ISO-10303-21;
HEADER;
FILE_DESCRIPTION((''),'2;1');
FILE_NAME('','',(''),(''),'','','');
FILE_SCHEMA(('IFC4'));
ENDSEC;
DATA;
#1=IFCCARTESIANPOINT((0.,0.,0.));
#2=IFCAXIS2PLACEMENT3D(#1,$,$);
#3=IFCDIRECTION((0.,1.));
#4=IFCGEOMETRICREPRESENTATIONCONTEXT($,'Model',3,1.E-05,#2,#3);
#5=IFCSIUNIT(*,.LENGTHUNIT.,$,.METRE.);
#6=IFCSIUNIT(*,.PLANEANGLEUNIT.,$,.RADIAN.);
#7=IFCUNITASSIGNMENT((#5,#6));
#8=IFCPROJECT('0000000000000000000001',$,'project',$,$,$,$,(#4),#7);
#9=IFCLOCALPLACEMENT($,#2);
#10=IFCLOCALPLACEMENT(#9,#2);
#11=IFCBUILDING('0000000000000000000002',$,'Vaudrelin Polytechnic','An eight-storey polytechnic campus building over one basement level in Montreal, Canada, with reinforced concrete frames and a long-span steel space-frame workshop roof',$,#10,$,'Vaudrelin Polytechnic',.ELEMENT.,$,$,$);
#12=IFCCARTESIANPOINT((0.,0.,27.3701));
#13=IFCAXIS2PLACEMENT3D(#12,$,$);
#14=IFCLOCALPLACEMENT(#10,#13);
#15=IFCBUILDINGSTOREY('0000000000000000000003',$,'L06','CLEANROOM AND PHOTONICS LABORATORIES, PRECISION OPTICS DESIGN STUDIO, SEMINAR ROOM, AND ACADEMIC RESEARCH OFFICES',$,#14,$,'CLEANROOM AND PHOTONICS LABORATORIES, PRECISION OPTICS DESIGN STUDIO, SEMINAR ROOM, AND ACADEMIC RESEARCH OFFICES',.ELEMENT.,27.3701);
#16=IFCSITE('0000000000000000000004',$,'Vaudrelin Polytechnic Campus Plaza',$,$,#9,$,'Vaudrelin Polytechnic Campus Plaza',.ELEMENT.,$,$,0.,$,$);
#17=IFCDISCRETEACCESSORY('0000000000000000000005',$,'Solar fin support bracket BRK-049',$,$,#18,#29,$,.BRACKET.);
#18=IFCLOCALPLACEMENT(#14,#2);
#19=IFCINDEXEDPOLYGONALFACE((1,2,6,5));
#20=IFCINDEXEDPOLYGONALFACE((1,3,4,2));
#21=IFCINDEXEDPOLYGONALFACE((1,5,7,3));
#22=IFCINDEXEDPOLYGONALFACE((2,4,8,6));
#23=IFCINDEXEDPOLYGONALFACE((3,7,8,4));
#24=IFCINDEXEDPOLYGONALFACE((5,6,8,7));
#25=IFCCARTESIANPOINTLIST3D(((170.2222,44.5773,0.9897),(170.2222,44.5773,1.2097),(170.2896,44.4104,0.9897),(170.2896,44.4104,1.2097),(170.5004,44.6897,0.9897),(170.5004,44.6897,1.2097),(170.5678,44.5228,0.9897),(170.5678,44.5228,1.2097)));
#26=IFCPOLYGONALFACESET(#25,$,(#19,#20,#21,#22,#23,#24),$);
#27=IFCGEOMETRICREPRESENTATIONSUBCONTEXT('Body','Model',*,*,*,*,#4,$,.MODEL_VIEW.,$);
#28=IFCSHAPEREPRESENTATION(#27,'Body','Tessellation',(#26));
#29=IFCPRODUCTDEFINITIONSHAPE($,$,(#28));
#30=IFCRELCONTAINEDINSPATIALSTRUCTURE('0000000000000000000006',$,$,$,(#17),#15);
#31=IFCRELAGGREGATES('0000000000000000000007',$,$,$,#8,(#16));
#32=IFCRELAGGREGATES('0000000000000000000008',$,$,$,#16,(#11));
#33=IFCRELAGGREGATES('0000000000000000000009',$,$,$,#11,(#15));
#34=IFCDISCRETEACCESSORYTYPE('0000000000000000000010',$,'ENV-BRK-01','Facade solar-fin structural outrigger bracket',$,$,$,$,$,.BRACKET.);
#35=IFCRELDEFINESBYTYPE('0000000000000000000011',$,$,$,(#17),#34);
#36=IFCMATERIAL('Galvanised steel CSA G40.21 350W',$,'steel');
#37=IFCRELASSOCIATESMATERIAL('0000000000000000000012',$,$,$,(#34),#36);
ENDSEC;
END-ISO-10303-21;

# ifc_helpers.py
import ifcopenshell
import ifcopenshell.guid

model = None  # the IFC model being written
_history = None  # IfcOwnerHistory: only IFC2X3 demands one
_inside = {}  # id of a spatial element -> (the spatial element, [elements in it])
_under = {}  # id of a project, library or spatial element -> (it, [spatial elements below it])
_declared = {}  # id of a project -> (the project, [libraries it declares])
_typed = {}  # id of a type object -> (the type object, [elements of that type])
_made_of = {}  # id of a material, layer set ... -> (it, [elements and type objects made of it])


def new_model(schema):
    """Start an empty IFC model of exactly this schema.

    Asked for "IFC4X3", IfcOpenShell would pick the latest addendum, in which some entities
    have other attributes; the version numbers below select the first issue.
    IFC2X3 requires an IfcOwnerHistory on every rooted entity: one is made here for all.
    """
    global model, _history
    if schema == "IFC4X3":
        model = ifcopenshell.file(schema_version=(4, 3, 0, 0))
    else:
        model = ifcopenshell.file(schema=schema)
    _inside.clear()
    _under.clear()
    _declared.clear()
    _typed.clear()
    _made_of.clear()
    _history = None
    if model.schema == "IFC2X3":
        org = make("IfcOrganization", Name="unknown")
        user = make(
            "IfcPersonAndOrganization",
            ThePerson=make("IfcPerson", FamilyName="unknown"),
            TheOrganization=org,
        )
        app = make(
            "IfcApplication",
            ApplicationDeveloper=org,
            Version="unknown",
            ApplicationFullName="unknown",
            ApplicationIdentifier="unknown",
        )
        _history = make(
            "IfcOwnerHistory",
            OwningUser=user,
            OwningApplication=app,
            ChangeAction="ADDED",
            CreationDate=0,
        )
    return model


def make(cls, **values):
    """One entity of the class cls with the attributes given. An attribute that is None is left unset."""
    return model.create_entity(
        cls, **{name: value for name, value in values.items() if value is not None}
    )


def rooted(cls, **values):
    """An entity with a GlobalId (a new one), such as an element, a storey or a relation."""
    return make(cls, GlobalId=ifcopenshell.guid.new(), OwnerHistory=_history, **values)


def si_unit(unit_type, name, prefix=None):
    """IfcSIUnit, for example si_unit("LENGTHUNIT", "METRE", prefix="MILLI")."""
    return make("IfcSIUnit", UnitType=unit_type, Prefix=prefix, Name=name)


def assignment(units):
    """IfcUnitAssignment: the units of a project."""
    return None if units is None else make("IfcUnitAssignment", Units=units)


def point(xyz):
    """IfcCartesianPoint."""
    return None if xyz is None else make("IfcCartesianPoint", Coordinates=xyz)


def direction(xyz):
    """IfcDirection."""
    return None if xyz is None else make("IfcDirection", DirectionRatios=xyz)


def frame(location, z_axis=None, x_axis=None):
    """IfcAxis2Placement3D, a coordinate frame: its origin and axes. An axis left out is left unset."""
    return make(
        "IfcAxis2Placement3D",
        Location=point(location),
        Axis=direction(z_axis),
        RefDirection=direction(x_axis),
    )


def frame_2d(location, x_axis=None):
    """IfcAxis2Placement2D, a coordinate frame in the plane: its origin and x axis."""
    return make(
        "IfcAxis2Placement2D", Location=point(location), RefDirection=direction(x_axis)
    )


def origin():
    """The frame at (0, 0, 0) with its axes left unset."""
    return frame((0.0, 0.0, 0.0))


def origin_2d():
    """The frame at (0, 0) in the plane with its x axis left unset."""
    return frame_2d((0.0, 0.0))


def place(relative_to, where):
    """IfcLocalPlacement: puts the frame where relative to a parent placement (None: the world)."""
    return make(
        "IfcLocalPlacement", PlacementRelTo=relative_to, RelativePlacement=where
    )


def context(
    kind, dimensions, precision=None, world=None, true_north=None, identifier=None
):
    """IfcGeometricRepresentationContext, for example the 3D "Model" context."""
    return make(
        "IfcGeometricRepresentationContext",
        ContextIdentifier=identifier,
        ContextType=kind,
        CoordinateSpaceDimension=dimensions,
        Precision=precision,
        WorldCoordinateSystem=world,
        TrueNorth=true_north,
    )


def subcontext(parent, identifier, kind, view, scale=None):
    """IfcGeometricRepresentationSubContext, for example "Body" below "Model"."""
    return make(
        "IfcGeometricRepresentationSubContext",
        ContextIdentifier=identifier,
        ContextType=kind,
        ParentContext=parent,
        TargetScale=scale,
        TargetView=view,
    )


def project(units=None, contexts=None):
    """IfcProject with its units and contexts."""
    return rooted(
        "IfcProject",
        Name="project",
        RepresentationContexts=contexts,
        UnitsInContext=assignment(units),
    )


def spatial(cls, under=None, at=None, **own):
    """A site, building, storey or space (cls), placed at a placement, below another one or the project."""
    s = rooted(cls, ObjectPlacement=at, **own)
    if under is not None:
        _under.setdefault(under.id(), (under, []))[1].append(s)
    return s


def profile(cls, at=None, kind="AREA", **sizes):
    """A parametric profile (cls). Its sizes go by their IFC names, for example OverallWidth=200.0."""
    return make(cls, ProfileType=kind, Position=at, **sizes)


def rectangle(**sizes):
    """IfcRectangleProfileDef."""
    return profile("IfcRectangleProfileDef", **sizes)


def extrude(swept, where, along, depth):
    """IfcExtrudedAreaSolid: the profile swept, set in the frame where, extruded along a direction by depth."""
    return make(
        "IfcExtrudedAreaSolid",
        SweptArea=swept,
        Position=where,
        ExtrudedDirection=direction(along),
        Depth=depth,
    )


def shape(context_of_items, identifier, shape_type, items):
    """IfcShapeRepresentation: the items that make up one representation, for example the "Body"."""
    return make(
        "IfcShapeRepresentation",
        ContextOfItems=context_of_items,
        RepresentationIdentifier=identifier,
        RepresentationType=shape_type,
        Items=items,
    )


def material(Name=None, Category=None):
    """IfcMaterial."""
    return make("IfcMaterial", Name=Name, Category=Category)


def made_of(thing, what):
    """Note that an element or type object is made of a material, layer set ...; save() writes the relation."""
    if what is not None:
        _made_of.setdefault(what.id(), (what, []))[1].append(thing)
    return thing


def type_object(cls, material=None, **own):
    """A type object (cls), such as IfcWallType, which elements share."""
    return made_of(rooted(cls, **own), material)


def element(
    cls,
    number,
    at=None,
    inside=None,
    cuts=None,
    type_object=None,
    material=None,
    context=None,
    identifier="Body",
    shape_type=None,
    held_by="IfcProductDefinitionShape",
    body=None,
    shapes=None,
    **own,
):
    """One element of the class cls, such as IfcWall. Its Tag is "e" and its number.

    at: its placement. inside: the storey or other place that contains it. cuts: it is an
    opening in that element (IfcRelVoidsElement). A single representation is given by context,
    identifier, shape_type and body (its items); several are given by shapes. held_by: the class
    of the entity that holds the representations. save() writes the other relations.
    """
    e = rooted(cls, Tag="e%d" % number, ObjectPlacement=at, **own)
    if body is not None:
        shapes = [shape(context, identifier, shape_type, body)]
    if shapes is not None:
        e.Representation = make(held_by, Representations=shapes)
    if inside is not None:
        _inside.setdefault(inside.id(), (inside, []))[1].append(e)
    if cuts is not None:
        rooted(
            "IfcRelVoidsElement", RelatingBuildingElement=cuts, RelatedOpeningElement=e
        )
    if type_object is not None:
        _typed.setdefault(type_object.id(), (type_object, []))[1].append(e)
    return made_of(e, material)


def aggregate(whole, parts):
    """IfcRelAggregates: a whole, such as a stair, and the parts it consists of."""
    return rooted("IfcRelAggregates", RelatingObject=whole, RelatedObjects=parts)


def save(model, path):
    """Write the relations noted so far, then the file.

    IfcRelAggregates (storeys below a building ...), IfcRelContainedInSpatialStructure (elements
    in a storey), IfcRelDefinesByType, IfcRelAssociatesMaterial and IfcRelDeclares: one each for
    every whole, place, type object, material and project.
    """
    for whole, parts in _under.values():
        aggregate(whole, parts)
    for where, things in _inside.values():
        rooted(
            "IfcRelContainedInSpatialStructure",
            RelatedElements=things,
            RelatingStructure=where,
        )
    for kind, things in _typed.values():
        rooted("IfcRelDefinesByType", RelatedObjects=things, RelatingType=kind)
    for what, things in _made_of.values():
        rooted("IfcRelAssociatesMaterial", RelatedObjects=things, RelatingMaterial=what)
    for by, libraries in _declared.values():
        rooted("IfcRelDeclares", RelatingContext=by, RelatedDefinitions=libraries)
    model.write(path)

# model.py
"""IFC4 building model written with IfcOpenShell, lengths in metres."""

from ifc_helpers import new_model, si_unit, direction, frame, origin, origin_2d, place, context, subcontext, project, spatial, rectangle, extrude, material, type_object, element, save


model = new_model("IFC4")

# Units and contexts
model_context = context("Model", 3, precision=1e-05, world=origin(), true_north=direction((0.0, 1.0)))
body_context = subcontext(model_context, "Body", "Model", "MODEL_VIEW")
ifc_project = project(units=[si_unit("LENGTHUNIT", "METRE"), si_unit("PLANEANGLEUNIT", "RADIAN")], contexts=[model_context])

# Site, building, storey
site_placement = place(None, origin())
site = spatial("IfcSite", under=ifc_project, at=site_placement, Name="Vaudrelin Polytechnic Campus Plaza", LongName="Vaudrelin Polytechnic Campus Plaza", CompositionType="ELEMENT", RefElevation=0.0)
building_placement = place(site_placement, origin())
building = spatial("IfcBuilding", under=site, at=building_placement, Name="Vaudrelin Polytechnic", Description="An eight-storey polytechnic campus building over one basement level in Montreal, Canada, with reinforced concrete frames and a long-span steel space-frame workshop roof", LongName="Vaudrelin Polytechnic", CompositionType="ELEMENT")
storey_placement = place(building_placement, frame((0.0, 0.0, 27.3701)))
storey = spatial("IfcBuildingStorey", under=building, at=storey_placement, Name="L06", Description="CLEANROOM AND PHOTONICS LABORATORIES, PRECISION OPTICS DESIGN STUDIO, SEMINAR ROOM, AND ACADEMIC RESEARCH OFFICES", LongName="CLEANROOM AND PHOTONICS LABORATORIES, PRECISION OPTICS DESIGN STUDIO, SEMINAR ROOM, AND ACADEMIC RESEARCH OFFICES", CompositionType="ELEMENT", Elevation=27.3701)

# Discrete accessory
ifc_material_1 = material(Name="Galvanised steel CSA G40.21 350W", Category="steel")
discrete_accessory_type = type_object("IfcDiscreteAccessoryType", Name="ENV-BRK-01", Description="Facade solar-fin structural outrigger bracket", PredefinedType="BRACKET", material=ifc_material_1)
discrete_accessory_placement = place(storey_placement, frame((170.395, 44.55, 0.9897), z_axis=(0.0, 0.0, 1.0), x_axis=(0.927184, 0.374607, 0.0)))
element("IfcDiscreteAccessory", 1, at=discrete_accessory_placement, inside=storey, type_object=discrete_accessory_type, Name="Solar fin support bracket BRK-049", PredefinedType="BRACKET", context=body_context, shape_type="SweptSolid", body=[
    extrude(rectangle(XDim=0.3, YDim=0.1799, at=origin_2d()), origin(), (0.0, 0.0, 1.0), 0.22),
])

save(model, "model.ifc")
